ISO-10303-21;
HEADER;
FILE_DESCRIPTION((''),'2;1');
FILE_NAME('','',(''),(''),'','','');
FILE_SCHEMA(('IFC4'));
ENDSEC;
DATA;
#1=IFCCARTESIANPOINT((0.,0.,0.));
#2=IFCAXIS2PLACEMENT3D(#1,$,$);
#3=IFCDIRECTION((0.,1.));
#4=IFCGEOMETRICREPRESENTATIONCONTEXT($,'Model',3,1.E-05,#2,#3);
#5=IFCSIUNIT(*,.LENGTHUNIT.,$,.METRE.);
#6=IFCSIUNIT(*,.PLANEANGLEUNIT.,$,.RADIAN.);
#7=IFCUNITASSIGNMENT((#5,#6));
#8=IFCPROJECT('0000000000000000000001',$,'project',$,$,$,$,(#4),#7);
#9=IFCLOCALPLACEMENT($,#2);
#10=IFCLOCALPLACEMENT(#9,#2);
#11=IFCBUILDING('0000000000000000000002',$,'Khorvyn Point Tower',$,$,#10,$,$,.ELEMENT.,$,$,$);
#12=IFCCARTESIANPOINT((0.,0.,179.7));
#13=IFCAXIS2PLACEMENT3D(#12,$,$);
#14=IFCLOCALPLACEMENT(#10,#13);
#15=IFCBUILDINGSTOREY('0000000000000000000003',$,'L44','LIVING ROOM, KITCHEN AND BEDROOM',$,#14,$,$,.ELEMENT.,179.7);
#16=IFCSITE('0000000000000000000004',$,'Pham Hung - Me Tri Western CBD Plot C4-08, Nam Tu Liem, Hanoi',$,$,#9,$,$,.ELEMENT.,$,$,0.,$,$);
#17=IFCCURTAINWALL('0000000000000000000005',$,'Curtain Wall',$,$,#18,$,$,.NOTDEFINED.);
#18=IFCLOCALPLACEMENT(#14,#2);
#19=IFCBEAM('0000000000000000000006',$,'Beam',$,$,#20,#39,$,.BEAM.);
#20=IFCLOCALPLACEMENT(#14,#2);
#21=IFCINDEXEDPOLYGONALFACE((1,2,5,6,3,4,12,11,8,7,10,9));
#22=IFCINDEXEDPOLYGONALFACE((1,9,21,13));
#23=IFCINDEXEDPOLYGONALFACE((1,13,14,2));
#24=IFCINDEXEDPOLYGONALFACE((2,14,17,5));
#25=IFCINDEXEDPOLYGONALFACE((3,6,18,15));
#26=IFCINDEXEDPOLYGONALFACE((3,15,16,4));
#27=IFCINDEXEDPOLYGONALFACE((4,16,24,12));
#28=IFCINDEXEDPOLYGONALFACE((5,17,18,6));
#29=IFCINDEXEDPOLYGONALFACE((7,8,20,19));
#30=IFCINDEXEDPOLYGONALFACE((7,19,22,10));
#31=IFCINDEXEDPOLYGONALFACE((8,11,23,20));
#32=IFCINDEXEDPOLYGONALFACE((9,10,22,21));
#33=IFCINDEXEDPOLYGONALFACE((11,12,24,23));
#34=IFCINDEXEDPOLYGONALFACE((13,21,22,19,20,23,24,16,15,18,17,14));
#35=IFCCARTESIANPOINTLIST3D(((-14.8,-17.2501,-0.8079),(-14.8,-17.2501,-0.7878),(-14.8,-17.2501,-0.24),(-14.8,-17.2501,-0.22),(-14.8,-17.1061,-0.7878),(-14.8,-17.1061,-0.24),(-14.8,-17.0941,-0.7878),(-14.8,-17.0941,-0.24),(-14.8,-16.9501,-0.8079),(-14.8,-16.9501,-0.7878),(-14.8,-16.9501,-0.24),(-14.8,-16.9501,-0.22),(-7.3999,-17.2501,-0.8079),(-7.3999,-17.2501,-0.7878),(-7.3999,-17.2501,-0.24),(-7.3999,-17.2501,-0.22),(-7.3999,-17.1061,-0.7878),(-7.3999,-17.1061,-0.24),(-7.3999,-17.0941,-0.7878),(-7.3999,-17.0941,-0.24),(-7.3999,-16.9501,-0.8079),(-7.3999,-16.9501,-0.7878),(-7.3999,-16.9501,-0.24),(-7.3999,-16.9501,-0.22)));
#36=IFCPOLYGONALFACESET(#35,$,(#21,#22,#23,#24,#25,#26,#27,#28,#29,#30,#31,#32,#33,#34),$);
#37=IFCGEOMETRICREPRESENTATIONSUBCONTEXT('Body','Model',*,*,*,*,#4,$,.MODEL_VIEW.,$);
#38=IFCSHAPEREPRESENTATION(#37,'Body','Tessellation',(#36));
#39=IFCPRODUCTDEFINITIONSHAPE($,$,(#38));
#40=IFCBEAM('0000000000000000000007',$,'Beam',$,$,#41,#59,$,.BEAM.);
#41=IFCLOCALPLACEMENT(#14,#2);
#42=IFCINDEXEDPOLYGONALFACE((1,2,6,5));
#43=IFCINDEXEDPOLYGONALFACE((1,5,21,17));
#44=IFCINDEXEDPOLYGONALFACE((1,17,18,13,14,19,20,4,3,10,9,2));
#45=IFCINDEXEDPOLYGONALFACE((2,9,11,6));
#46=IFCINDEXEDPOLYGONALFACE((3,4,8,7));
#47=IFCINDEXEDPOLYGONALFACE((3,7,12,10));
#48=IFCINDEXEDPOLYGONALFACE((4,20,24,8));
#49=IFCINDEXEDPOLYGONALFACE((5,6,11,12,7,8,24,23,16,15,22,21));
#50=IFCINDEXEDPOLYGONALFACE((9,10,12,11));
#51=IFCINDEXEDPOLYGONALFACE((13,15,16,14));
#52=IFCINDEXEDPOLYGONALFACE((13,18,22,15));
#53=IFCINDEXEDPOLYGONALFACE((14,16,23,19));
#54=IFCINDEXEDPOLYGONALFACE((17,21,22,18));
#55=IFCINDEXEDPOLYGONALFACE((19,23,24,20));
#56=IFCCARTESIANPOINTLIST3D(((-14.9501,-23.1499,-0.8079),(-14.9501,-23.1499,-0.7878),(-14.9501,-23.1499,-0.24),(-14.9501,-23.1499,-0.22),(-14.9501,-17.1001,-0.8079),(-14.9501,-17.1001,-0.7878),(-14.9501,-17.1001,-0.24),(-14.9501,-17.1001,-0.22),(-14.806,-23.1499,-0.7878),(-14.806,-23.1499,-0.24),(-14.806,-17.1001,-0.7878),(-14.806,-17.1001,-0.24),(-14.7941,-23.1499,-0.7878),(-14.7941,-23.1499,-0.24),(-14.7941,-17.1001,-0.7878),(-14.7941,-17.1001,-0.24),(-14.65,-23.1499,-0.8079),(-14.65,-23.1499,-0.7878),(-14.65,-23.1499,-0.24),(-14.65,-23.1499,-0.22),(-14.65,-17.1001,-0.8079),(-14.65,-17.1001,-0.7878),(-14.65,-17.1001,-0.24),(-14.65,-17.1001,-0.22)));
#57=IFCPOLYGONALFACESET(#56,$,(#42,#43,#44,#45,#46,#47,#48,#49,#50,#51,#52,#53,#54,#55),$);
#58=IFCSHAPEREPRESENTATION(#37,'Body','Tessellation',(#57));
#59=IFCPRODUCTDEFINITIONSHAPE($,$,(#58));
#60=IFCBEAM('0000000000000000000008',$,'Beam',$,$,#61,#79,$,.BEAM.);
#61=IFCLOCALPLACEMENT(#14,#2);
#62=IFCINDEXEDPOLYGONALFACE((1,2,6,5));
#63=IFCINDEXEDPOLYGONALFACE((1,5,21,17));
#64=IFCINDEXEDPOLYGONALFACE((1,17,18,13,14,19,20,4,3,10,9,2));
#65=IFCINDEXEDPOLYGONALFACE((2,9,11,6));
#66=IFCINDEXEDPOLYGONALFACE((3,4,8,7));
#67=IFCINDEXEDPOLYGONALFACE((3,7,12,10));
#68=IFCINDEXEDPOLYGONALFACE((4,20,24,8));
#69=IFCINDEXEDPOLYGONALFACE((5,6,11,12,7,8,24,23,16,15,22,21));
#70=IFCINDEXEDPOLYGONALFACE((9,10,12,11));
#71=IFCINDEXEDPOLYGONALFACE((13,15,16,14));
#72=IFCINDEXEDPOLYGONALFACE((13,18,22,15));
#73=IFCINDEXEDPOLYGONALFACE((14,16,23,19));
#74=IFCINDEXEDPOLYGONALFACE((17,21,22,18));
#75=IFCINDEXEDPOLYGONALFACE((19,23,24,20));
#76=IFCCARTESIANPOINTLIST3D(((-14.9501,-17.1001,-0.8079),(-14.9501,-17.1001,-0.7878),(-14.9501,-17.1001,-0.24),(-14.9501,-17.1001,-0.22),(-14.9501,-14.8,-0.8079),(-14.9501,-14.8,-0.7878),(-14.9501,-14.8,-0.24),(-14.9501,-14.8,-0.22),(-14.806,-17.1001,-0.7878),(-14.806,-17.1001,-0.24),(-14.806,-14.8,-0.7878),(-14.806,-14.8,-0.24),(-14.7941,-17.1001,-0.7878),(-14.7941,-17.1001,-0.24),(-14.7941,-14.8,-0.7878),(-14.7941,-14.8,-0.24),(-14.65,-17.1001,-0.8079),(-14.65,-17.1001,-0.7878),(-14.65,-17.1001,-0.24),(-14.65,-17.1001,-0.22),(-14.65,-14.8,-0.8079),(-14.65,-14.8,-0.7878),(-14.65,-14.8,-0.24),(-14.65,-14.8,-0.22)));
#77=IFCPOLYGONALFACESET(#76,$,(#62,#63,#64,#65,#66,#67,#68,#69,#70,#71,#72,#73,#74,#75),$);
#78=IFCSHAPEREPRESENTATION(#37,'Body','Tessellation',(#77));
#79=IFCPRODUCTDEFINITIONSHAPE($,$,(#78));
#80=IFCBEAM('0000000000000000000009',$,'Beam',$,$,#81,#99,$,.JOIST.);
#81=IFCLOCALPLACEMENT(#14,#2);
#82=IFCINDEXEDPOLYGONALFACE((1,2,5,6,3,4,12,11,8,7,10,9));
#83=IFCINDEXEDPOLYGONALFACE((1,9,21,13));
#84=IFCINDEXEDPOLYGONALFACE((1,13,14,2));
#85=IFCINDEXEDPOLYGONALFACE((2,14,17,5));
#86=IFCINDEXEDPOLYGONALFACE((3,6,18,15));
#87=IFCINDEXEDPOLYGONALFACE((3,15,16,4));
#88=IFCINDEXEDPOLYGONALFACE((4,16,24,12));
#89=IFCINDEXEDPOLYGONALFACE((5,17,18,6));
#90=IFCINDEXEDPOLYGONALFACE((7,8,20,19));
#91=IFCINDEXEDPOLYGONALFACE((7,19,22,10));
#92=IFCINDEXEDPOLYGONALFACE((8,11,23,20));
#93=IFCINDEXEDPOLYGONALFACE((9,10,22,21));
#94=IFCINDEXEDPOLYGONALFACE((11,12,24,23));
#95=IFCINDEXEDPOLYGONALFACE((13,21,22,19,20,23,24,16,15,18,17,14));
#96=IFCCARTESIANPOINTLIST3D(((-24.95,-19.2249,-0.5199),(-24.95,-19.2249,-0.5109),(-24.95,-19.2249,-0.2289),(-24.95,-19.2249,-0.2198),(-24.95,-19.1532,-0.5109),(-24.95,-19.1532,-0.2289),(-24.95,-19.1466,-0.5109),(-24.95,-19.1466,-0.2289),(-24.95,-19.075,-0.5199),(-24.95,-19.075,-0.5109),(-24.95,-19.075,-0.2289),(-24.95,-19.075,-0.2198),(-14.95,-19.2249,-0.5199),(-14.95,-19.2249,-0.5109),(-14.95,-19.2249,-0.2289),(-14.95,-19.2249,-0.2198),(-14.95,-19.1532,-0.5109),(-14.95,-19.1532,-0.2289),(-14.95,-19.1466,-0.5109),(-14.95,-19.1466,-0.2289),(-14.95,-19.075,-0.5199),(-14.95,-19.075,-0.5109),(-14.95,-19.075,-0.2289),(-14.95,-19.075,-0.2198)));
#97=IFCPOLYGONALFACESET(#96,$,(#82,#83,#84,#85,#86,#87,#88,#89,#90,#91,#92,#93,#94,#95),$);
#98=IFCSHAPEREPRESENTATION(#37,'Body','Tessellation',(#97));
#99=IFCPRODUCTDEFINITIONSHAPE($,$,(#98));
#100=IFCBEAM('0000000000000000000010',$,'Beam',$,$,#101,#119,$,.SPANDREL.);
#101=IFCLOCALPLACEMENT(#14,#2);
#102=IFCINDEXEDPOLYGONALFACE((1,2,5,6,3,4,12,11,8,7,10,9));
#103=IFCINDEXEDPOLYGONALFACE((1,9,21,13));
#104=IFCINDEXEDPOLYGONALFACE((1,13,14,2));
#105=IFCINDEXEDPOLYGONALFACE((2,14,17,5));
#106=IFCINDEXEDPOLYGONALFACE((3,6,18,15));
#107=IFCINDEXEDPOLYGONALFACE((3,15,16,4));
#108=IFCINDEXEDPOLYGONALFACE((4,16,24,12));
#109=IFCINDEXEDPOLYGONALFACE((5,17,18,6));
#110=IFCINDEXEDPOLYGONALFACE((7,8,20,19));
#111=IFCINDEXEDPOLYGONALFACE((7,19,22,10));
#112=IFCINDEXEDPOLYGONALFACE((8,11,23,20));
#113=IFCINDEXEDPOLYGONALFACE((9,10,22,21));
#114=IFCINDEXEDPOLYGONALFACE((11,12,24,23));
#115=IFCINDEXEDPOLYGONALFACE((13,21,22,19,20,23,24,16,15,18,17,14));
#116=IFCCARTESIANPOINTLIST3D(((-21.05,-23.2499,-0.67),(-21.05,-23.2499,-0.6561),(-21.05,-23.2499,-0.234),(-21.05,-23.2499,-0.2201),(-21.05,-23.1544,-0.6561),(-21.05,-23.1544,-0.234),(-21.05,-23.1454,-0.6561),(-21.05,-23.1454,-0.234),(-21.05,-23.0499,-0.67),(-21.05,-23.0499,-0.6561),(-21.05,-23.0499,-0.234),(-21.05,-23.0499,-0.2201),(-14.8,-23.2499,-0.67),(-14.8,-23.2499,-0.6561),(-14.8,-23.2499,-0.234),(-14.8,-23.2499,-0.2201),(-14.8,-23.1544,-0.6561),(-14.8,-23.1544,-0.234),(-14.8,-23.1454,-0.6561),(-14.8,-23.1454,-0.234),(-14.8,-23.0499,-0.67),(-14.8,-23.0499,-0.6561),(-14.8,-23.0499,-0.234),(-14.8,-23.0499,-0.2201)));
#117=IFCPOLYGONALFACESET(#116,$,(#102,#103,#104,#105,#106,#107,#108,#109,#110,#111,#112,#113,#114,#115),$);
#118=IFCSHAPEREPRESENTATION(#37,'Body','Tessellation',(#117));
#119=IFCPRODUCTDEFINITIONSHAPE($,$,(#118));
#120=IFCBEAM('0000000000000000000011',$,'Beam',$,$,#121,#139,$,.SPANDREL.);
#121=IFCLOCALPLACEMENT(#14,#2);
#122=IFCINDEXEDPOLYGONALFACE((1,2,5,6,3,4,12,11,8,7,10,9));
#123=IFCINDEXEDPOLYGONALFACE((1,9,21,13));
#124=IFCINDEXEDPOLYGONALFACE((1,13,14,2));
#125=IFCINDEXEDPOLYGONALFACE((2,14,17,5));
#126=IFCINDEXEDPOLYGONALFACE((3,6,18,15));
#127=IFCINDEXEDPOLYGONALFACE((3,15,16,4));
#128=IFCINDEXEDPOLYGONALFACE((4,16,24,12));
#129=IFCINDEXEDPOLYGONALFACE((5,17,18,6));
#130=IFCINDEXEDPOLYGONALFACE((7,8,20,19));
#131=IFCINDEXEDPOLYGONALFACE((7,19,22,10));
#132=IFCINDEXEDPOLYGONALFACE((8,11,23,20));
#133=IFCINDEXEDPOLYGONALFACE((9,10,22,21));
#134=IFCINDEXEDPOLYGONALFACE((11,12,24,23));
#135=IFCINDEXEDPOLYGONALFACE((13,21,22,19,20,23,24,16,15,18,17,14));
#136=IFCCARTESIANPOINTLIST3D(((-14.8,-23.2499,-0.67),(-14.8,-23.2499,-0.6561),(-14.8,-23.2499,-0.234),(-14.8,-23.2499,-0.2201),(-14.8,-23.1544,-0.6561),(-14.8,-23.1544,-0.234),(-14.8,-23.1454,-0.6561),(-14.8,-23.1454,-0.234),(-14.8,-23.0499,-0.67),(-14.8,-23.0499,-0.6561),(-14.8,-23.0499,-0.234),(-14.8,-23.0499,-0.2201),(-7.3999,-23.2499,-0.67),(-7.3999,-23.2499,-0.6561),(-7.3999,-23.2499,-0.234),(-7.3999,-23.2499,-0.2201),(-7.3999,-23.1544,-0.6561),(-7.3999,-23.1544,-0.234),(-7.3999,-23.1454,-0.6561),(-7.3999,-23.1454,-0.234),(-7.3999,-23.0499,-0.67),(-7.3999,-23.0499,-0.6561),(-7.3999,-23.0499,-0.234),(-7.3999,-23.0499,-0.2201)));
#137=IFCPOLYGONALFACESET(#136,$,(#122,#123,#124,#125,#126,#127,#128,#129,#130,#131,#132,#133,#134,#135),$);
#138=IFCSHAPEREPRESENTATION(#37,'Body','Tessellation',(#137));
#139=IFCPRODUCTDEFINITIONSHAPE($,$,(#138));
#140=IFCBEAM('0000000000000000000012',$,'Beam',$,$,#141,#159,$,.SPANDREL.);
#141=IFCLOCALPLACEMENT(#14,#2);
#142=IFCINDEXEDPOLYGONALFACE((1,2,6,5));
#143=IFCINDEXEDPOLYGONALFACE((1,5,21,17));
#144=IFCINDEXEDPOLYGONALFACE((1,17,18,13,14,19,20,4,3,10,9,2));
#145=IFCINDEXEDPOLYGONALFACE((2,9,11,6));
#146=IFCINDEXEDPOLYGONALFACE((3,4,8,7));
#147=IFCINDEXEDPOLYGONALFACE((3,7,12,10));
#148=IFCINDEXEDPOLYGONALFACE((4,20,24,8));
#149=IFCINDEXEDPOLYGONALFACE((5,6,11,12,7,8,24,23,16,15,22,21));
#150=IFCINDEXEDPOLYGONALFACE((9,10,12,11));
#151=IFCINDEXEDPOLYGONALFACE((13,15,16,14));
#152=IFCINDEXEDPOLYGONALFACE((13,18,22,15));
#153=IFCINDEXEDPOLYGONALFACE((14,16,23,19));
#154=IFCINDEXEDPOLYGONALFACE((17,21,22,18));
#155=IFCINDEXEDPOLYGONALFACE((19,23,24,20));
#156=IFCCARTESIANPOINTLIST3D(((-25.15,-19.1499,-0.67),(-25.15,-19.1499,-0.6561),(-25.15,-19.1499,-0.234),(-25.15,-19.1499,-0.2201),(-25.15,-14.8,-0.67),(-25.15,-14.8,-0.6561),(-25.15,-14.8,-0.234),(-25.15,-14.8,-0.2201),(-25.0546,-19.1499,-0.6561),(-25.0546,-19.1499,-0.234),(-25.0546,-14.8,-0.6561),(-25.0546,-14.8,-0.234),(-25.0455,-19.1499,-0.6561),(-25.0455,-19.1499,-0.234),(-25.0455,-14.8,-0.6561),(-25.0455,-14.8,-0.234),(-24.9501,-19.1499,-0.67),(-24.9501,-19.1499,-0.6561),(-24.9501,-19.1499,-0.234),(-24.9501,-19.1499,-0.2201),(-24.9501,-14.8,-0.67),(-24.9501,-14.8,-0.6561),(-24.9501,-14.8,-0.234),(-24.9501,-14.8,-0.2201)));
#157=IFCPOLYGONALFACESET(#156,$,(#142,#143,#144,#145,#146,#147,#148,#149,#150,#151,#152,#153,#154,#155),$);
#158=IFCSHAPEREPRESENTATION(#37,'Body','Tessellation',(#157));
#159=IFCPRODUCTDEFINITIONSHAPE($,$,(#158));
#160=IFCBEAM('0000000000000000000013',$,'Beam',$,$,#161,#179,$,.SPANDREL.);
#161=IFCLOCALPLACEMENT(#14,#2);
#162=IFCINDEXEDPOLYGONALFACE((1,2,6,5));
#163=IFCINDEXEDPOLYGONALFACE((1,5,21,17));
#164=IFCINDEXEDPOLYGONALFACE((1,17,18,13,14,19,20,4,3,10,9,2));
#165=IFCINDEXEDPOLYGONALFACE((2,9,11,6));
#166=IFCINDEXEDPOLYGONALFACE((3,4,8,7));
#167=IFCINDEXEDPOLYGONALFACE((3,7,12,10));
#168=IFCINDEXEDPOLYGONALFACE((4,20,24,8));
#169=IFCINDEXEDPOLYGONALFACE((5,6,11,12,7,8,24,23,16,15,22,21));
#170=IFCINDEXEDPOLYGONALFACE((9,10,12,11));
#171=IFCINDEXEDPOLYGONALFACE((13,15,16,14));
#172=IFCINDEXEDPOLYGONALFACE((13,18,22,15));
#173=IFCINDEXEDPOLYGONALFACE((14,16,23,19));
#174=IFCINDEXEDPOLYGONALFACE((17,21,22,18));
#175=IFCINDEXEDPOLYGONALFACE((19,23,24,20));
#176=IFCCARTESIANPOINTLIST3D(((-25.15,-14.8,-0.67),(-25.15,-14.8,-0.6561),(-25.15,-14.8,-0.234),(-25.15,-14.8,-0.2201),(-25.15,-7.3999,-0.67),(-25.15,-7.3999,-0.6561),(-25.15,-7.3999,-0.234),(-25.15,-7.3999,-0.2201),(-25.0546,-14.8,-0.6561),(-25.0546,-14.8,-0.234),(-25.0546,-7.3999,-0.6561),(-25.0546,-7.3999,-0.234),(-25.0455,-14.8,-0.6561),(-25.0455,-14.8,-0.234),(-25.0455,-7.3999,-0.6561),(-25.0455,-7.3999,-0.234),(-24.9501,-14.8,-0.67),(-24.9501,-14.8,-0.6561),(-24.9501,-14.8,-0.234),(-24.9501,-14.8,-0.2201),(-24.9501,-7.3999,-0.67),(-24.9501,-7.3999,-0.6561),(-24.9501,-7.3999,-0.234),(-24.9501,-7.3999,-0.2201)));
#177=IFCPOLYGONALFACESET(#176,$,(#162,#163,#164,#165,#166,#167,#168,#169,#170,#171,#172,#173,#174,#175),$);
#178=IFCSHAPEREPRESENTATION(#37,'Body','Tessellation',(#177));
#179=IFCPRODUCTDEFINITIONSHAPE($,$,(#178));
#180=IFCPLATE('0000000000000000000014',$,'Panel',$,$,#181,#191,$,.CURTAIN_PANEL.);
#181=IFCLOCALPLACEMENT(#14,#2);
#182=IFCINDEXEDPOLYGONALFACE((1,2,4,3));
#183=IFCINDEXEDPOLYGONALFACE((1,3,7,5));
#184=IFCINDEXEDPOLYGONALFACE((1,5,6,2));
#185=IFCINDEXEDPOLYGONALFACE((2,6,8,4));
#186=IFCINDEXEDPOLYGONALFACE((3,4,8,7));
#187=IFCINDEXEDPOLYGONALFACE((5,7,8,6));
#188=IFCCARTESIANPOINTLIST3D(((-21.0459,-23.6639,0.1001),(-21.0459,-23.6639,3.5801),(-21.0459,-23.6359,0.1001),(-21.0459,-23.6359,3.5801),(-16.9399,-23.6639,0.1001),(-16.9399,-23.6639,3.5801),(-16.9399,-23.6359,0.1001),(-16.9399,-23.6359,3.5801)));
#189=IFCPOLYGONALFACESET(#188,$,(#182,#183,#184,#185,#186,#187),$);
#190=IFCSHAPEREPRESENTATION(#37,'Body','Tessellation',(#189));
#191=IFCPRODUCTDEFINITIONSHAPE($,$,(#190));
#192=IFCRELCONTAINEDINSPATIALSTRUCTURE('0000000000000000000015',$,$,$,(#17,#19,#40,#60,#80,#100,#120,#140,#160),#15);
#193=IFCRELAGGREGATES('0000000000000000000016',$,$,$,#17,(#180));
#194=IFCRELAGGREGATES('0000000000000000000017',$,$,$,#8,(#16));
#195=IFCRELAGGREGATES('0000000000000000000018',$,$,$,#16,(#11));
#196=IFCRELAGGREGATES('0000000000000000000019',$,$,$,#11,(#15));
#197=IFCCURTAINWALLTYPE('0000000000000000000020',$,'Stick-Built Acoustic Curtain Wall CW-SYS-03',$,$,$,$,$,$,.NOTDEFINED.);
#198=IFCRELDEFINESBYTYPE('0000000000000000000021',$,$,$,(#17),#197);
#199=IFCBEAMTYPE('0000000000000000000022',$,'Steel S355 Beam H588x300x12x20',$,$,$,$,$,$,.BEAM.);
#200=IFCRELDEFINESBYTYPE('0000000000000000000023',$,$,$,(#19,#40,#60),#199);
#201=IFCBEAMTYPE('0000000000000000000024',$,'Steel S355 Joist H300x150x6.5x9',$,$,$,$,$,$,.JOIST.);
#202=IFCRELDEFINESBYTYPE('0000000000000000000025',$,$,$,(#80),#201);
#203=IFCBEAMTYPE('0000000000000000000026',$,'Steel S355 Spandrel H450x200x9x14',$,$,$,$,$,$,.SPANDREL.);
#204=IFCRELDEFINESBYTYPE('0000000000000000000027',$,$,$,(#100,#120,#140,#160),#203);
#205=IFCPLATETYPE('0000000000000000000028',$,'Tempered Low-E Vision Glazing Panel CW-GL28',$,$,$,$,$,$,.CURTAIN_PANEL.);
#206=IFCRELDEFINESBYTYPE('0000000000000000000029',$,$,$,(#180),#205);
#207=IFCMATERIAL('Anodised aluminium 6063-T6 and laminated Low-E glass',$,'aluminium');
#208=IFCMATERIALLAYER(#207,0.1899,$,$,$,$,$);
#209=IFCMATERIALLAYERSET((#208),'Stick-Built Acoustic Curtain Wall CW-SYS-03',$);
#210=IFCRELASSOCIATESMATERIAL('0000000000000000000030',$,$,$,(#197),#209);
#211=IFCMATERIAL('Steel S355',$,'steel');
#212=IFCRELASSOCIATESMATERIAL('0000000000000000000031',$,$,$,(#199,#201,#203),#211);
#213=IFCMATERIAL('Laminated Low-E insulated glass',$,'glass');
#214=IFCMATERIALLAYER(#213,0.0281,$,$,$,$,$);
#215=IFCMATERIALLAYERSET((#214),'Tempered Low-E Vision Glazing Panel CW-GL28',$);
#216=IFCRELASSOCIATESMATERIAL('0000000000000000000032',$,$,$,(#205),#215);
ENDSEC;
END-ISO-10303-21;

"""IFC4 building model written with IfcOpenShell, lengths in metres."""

from ifc_helpers import new_model, si_unit, direction, frame, origin, origin_2d, place, context, subcontext, project, spatial, rectangle, i_section, extrude, material, layer, layer_set, material_profile, profile_set, type_object, element, aggregate, save


model = new_model("IFC4")

# Units and contexts
model_context = context("Model", 3, precision=1e-05, world=origin(), true_north=direction((0.0, 1.0)))
body_context = subcontext(model_context, "Body", "Model", "MODEL_VIEW")
ifc_project = project(units=[si_unit("LENGTHUNIT", "METRE"), si_unit("PLANEANGLEUNIT", "RADIAN")], contexts=[model_context])

# Site, building, storey
site_placement = place(None, origin())
site = spatial("IfcSite", under=ifc_project, at=site_placement, Name="Pham Hung - Me Tri Western CBD Plot C4-08, Nam Tu Liem, Hanoi", CompositionType="ELEMENT", RefElevation=0.0)
building_placement = place(site_placement, origin())
building = spatial("IfcBuilding", under=site, at=building_placement, Name="Khorvyn Point Tower", CompositionType="ELEMENT")
storey_placement = place(building_placement, frame((0.0, 0.0, 179.7)))
storey = spatial("IfcBuildingStorey", under=building, at=storey_placement, Name="L44", Description="LIVING ROOM, KITCHEN AND BEDROOM", CompositionType="ELEMENT", Elevation=179.7)

# Curtain wall
ifc_material_1 = material(Name="Anodised aluminium 6063-T6 and laminated Low-E glass", Category="aluminium")
ifc_layer_1 = layer(ifc_material_1, 0.1899)
ifc_layer_set_1 = layer_set([ifc_layer_1], Name="Stick-Built Acoustic Curtain Wall CW-SYS-03")
curtain_wall_type = type_object("IfcCurtainWallType", Name="Stick-Built Acoustic Curtain Wall CW-SYS-03", PredefinedType="NOTDEFINED", material=ifc_layer_set_1)
curtain_wall_1_placement = place(storey_placement, origin())
curtain_wall_1 = element("IfcCurtainWall", 1, at=curtain_wall_1_placement, inside=storey, type_object=curtain_wall_type, Name="Curtain Wall", PredefinedType="NOTDEFINED")

# Beams
ifc_material_2 = material(Name="Steel S355", Category="steel")
ifc_material_profile_1 = material_profile(ifc_material_2, i_section(OverallWidth=0.3, OverallDepth=0.5879, WebThickness=0.012, FlangeThickness=0.02, at=origin_2d()))
ifc_profile_set_1 = profile_set([ifc_material_profile_1], Name="Steel S355 H588x300x12x20")
beam_type_1 = type_object("IfcBeamType", Name="Steel S355 Beam H588x300x12x20", PredefinedType="BEAM", material=ifc_profile_set_1)
beam_1_placement = place(storey_placement, frame((-14.8, -17.1001, -0.5139), z_axis=(1.0, 0.0, 0.0), x_axis=(0.0, 1.0, 0.0)))
element("IfcBeam", 2, at=beam_1_placement, inside=storey, type_object=beam_type_1, Name="Beam", PredefinedType="BEAM", context=body_context, shape_type="SweptSolid", body=[
    extrude(i_section(OverallWidth=0.3, OverallDepth=0.5879, WebThickness=0.012, FlangeThickness=0.02, at=origin_2d()), origin(), (0.0, 0.0, 1.0), 7.4001),
])
beam_2_placement = place(storey_placement, frame((-14.8, -23.1499, -0.5139), z_axis=(0.0, 1.0, 0.0), x_axis=(-1.0, 0.0, 0.0)))
element("IfcBeam", 3, at=beam_2_placement, inside=storey, type_object=beam_type_1, Name="Beam", PredefinedType="BEAM", context=body_context, shape_type="SweptSolid", body=[
    extrude(i_section(OverallWidth=0.3, OverallDepth=0.5879, WebThickness=0.012, FlangeThickness=0.02, at=origin_2d()), origin(), (0.0, 0.0, 1.0), 6.0498),
])
beam_3_placement = place(storey_placement, frame((-14.8, -17.1001, -0.5139), z_axis=(0.0, 1.0, 0.0), x_axis=(-1.0, 0.0, 0.0)))
element("IfcBeam", 4, at=beam_3_placement, inside=storey, type_object=beam_type_1, Name="Beam", PredefinedType="BEAM", context=body_context, shape_type="SweptSolid", body=[
    extrude(i_section(OverallWidth=0.3, OverallDepth=0.5879, WebThickness=0.012, FlangeThickness=0.02, at=origin_2d()), origin(), (0.0, 0.0, 1.0), 2.3),
])
ifc_material_profile_2 = material_profile(ifc_material_2, i_section(OverallWidth=0.1499, OverallDepth=0.3, WebThickness=0.0066, FlangeThickness=0.009, at=origin_2d()))
ifc_profile_set_2 = profile_set([ifc_material_profile_2], Name="Steel S355 H300x150x6.5x9")
beam_type_2 = type_object("IfcBeamType", Name="Steel S355 Joist H300x150x6.5x9", PredefinedType="JOIST", material=ifc_profile_set_2)
beam_4_placement = place(storey_placement, frame((-24.95, -19.1499, -0.3699), z_axis=(1.0, 0.0, 0.0), x_axis=(0.0, 1.0, 0.0)))
element("IfcBeam", 5, at=beam_4_placement, inside=storey, type_object=beam_type_2, Name="Beam", PredefinedType="JOIST", context=body_context, shape_type="SweptSolid", body=[
    extrude(i_section(OverallWidth=0.1499, OverallDepth=0.3, WebThickness=0.0066, FlangeThickness=0.009, at=origin_2d()), origin(), (0.0, 0.0, 1.0), 10.0),
])
ifc_material_profile_3 = material_profile(ifc_material_2, i_section(OverallWidth=0.2, OverallDepth=0.45, WebThickness=0.009, FlangeThickness=0.0139, at=origin_2d()))
ifc_profile_set_3 = profile_set([ifc_material_profile_3], Name="Steel S355 H450x200x9x14")
beam_type_3 = type_object("IfcBeamType", Name="Steel S355 Spandrel H450x200x9x14", PredefinedType="SPANDREL", material=ifc_profile_set_3)
beam_5_placement = place(storey_placement, frame((-21.05, -23.1499, -0.4451), z_axis=(1.0, 0.0, 0.0), x_axis=(0.0, 1.0, 0.0)))
element("IfcBeam", 6, at=beam_5_placement, inside=storey, type_object=beam_type_3, Name="Beam", PredefinedType="SPANDREL", context=body_context, shape_type="SweptSolid", body=[
    extrude(i_section(OverallWidth=0.2, OverallDepth=0.45, WebThickness=0.009, FlangeThickness=0.0139, at=origin_2d()), origin(), (0.0, 0.0, 1.0), 6.25),
])
beam_6_placement = place(storey_placement, frame((-14.8, -23.1499, -0.4451), z_axis=(1.0, 0.0, 0.0), x_axis=(0.0, 1.0, 0.0)))
element("IfcBeam", 7, at=beam_6_placement, inside=storey, type_object=beam_type_3, Name="Beam", PredefinedType="SPANDREL", context=body_context, shape_type="SweptSolid", body=[
    extrude(i_section(OverallWidth=0.2, OverallDepth=0.45, WebThickness=0.009, FlangeThickness=0.0139, at=origin_2d()), origin(), (0.0, 0.0, 1.0), 7.4001),
])
beam_7_placement = place(storey_placement, frame((-25.05, -19.1499, -0.4451), z_axis=(0.0, 1.0, 0.0), x_axis=(-1.0, 0.0, 0.0)))
element("IfcBeam", 8, at=beam_7_placement, inside=storey, type_object=beam_type_3, Name="Beam", PredefinedType="SPANDREL", context=body_context, shape_type="SweptSolid", body=[
    extrude(i_section(OverallWidth=0.2, OverallDepth=0.45, WebThickness=0.009, FlangeThickness=0.0139, at=origin_2d()), origin(), (0.0, 0.0, 1.0), 4.3499),
])
beam_8_placement = place(storey_placement, frame((-25.05, -14.8, -0.4451), z_axis=(0.0, 1.0, 0.0), x_axis=(-1.0, 0.0, 0.0)))
element("IfcBeam", 9, at=beam_8_placement, inside=storey, type_object=beam_type_3, Name="Beam", PredefinedType="SPANDREL", context=body_context, shape_type="SweptSolid", body=[
    extrude(i_section(OverallWidth=0.2, OverallDepth=0.45, WebThickness=0.009, FlangeThickness=0.0139, at=origin_2d()), origin(), (0.0, 0.0, 1.0), 7.4001),
])

# Plate
ifc_material_3 = material(Name="Laminated Low-E insulated glass", Category="glass")
ifc_layer_2 = layer(ifc_material_3, 0.0281)
ifc_layer_set_2 = layer_set([ifc_layer_2], Name="Tempered Low-E Vision Glazing Panel CW-GL28")
plate_type = type_object("IfcPlateType", Name="Tempered Low-E Vision Glazing Panel CW-GL28", PredefinedType="CURTAIN_PANEL", material=ifc_layer_set_2)
plate_placement = place(storey_placement, frame((-18.9929, -23.6499, 0.1001), z_axis=(0.0, 0.0, 1.0), x_axis=(-1.0, 0.0, 0.0)))
plate = element("IfcPlate", 10, at=plate_placement, type_object=plate_type, Name="Panel", PredefinedType="CURTAIN_PANEL", context=body_context, shape_type="SweptSolid", body=[
    extrude(rectangle(XDim=4.106, YDim=0.0281, at=origin_2d()), origin(), (0.0, 0.0, 1.0), 3.48),
])
aggregate(curtain_wall_1, [plate])

save(model, "model.ifc")
